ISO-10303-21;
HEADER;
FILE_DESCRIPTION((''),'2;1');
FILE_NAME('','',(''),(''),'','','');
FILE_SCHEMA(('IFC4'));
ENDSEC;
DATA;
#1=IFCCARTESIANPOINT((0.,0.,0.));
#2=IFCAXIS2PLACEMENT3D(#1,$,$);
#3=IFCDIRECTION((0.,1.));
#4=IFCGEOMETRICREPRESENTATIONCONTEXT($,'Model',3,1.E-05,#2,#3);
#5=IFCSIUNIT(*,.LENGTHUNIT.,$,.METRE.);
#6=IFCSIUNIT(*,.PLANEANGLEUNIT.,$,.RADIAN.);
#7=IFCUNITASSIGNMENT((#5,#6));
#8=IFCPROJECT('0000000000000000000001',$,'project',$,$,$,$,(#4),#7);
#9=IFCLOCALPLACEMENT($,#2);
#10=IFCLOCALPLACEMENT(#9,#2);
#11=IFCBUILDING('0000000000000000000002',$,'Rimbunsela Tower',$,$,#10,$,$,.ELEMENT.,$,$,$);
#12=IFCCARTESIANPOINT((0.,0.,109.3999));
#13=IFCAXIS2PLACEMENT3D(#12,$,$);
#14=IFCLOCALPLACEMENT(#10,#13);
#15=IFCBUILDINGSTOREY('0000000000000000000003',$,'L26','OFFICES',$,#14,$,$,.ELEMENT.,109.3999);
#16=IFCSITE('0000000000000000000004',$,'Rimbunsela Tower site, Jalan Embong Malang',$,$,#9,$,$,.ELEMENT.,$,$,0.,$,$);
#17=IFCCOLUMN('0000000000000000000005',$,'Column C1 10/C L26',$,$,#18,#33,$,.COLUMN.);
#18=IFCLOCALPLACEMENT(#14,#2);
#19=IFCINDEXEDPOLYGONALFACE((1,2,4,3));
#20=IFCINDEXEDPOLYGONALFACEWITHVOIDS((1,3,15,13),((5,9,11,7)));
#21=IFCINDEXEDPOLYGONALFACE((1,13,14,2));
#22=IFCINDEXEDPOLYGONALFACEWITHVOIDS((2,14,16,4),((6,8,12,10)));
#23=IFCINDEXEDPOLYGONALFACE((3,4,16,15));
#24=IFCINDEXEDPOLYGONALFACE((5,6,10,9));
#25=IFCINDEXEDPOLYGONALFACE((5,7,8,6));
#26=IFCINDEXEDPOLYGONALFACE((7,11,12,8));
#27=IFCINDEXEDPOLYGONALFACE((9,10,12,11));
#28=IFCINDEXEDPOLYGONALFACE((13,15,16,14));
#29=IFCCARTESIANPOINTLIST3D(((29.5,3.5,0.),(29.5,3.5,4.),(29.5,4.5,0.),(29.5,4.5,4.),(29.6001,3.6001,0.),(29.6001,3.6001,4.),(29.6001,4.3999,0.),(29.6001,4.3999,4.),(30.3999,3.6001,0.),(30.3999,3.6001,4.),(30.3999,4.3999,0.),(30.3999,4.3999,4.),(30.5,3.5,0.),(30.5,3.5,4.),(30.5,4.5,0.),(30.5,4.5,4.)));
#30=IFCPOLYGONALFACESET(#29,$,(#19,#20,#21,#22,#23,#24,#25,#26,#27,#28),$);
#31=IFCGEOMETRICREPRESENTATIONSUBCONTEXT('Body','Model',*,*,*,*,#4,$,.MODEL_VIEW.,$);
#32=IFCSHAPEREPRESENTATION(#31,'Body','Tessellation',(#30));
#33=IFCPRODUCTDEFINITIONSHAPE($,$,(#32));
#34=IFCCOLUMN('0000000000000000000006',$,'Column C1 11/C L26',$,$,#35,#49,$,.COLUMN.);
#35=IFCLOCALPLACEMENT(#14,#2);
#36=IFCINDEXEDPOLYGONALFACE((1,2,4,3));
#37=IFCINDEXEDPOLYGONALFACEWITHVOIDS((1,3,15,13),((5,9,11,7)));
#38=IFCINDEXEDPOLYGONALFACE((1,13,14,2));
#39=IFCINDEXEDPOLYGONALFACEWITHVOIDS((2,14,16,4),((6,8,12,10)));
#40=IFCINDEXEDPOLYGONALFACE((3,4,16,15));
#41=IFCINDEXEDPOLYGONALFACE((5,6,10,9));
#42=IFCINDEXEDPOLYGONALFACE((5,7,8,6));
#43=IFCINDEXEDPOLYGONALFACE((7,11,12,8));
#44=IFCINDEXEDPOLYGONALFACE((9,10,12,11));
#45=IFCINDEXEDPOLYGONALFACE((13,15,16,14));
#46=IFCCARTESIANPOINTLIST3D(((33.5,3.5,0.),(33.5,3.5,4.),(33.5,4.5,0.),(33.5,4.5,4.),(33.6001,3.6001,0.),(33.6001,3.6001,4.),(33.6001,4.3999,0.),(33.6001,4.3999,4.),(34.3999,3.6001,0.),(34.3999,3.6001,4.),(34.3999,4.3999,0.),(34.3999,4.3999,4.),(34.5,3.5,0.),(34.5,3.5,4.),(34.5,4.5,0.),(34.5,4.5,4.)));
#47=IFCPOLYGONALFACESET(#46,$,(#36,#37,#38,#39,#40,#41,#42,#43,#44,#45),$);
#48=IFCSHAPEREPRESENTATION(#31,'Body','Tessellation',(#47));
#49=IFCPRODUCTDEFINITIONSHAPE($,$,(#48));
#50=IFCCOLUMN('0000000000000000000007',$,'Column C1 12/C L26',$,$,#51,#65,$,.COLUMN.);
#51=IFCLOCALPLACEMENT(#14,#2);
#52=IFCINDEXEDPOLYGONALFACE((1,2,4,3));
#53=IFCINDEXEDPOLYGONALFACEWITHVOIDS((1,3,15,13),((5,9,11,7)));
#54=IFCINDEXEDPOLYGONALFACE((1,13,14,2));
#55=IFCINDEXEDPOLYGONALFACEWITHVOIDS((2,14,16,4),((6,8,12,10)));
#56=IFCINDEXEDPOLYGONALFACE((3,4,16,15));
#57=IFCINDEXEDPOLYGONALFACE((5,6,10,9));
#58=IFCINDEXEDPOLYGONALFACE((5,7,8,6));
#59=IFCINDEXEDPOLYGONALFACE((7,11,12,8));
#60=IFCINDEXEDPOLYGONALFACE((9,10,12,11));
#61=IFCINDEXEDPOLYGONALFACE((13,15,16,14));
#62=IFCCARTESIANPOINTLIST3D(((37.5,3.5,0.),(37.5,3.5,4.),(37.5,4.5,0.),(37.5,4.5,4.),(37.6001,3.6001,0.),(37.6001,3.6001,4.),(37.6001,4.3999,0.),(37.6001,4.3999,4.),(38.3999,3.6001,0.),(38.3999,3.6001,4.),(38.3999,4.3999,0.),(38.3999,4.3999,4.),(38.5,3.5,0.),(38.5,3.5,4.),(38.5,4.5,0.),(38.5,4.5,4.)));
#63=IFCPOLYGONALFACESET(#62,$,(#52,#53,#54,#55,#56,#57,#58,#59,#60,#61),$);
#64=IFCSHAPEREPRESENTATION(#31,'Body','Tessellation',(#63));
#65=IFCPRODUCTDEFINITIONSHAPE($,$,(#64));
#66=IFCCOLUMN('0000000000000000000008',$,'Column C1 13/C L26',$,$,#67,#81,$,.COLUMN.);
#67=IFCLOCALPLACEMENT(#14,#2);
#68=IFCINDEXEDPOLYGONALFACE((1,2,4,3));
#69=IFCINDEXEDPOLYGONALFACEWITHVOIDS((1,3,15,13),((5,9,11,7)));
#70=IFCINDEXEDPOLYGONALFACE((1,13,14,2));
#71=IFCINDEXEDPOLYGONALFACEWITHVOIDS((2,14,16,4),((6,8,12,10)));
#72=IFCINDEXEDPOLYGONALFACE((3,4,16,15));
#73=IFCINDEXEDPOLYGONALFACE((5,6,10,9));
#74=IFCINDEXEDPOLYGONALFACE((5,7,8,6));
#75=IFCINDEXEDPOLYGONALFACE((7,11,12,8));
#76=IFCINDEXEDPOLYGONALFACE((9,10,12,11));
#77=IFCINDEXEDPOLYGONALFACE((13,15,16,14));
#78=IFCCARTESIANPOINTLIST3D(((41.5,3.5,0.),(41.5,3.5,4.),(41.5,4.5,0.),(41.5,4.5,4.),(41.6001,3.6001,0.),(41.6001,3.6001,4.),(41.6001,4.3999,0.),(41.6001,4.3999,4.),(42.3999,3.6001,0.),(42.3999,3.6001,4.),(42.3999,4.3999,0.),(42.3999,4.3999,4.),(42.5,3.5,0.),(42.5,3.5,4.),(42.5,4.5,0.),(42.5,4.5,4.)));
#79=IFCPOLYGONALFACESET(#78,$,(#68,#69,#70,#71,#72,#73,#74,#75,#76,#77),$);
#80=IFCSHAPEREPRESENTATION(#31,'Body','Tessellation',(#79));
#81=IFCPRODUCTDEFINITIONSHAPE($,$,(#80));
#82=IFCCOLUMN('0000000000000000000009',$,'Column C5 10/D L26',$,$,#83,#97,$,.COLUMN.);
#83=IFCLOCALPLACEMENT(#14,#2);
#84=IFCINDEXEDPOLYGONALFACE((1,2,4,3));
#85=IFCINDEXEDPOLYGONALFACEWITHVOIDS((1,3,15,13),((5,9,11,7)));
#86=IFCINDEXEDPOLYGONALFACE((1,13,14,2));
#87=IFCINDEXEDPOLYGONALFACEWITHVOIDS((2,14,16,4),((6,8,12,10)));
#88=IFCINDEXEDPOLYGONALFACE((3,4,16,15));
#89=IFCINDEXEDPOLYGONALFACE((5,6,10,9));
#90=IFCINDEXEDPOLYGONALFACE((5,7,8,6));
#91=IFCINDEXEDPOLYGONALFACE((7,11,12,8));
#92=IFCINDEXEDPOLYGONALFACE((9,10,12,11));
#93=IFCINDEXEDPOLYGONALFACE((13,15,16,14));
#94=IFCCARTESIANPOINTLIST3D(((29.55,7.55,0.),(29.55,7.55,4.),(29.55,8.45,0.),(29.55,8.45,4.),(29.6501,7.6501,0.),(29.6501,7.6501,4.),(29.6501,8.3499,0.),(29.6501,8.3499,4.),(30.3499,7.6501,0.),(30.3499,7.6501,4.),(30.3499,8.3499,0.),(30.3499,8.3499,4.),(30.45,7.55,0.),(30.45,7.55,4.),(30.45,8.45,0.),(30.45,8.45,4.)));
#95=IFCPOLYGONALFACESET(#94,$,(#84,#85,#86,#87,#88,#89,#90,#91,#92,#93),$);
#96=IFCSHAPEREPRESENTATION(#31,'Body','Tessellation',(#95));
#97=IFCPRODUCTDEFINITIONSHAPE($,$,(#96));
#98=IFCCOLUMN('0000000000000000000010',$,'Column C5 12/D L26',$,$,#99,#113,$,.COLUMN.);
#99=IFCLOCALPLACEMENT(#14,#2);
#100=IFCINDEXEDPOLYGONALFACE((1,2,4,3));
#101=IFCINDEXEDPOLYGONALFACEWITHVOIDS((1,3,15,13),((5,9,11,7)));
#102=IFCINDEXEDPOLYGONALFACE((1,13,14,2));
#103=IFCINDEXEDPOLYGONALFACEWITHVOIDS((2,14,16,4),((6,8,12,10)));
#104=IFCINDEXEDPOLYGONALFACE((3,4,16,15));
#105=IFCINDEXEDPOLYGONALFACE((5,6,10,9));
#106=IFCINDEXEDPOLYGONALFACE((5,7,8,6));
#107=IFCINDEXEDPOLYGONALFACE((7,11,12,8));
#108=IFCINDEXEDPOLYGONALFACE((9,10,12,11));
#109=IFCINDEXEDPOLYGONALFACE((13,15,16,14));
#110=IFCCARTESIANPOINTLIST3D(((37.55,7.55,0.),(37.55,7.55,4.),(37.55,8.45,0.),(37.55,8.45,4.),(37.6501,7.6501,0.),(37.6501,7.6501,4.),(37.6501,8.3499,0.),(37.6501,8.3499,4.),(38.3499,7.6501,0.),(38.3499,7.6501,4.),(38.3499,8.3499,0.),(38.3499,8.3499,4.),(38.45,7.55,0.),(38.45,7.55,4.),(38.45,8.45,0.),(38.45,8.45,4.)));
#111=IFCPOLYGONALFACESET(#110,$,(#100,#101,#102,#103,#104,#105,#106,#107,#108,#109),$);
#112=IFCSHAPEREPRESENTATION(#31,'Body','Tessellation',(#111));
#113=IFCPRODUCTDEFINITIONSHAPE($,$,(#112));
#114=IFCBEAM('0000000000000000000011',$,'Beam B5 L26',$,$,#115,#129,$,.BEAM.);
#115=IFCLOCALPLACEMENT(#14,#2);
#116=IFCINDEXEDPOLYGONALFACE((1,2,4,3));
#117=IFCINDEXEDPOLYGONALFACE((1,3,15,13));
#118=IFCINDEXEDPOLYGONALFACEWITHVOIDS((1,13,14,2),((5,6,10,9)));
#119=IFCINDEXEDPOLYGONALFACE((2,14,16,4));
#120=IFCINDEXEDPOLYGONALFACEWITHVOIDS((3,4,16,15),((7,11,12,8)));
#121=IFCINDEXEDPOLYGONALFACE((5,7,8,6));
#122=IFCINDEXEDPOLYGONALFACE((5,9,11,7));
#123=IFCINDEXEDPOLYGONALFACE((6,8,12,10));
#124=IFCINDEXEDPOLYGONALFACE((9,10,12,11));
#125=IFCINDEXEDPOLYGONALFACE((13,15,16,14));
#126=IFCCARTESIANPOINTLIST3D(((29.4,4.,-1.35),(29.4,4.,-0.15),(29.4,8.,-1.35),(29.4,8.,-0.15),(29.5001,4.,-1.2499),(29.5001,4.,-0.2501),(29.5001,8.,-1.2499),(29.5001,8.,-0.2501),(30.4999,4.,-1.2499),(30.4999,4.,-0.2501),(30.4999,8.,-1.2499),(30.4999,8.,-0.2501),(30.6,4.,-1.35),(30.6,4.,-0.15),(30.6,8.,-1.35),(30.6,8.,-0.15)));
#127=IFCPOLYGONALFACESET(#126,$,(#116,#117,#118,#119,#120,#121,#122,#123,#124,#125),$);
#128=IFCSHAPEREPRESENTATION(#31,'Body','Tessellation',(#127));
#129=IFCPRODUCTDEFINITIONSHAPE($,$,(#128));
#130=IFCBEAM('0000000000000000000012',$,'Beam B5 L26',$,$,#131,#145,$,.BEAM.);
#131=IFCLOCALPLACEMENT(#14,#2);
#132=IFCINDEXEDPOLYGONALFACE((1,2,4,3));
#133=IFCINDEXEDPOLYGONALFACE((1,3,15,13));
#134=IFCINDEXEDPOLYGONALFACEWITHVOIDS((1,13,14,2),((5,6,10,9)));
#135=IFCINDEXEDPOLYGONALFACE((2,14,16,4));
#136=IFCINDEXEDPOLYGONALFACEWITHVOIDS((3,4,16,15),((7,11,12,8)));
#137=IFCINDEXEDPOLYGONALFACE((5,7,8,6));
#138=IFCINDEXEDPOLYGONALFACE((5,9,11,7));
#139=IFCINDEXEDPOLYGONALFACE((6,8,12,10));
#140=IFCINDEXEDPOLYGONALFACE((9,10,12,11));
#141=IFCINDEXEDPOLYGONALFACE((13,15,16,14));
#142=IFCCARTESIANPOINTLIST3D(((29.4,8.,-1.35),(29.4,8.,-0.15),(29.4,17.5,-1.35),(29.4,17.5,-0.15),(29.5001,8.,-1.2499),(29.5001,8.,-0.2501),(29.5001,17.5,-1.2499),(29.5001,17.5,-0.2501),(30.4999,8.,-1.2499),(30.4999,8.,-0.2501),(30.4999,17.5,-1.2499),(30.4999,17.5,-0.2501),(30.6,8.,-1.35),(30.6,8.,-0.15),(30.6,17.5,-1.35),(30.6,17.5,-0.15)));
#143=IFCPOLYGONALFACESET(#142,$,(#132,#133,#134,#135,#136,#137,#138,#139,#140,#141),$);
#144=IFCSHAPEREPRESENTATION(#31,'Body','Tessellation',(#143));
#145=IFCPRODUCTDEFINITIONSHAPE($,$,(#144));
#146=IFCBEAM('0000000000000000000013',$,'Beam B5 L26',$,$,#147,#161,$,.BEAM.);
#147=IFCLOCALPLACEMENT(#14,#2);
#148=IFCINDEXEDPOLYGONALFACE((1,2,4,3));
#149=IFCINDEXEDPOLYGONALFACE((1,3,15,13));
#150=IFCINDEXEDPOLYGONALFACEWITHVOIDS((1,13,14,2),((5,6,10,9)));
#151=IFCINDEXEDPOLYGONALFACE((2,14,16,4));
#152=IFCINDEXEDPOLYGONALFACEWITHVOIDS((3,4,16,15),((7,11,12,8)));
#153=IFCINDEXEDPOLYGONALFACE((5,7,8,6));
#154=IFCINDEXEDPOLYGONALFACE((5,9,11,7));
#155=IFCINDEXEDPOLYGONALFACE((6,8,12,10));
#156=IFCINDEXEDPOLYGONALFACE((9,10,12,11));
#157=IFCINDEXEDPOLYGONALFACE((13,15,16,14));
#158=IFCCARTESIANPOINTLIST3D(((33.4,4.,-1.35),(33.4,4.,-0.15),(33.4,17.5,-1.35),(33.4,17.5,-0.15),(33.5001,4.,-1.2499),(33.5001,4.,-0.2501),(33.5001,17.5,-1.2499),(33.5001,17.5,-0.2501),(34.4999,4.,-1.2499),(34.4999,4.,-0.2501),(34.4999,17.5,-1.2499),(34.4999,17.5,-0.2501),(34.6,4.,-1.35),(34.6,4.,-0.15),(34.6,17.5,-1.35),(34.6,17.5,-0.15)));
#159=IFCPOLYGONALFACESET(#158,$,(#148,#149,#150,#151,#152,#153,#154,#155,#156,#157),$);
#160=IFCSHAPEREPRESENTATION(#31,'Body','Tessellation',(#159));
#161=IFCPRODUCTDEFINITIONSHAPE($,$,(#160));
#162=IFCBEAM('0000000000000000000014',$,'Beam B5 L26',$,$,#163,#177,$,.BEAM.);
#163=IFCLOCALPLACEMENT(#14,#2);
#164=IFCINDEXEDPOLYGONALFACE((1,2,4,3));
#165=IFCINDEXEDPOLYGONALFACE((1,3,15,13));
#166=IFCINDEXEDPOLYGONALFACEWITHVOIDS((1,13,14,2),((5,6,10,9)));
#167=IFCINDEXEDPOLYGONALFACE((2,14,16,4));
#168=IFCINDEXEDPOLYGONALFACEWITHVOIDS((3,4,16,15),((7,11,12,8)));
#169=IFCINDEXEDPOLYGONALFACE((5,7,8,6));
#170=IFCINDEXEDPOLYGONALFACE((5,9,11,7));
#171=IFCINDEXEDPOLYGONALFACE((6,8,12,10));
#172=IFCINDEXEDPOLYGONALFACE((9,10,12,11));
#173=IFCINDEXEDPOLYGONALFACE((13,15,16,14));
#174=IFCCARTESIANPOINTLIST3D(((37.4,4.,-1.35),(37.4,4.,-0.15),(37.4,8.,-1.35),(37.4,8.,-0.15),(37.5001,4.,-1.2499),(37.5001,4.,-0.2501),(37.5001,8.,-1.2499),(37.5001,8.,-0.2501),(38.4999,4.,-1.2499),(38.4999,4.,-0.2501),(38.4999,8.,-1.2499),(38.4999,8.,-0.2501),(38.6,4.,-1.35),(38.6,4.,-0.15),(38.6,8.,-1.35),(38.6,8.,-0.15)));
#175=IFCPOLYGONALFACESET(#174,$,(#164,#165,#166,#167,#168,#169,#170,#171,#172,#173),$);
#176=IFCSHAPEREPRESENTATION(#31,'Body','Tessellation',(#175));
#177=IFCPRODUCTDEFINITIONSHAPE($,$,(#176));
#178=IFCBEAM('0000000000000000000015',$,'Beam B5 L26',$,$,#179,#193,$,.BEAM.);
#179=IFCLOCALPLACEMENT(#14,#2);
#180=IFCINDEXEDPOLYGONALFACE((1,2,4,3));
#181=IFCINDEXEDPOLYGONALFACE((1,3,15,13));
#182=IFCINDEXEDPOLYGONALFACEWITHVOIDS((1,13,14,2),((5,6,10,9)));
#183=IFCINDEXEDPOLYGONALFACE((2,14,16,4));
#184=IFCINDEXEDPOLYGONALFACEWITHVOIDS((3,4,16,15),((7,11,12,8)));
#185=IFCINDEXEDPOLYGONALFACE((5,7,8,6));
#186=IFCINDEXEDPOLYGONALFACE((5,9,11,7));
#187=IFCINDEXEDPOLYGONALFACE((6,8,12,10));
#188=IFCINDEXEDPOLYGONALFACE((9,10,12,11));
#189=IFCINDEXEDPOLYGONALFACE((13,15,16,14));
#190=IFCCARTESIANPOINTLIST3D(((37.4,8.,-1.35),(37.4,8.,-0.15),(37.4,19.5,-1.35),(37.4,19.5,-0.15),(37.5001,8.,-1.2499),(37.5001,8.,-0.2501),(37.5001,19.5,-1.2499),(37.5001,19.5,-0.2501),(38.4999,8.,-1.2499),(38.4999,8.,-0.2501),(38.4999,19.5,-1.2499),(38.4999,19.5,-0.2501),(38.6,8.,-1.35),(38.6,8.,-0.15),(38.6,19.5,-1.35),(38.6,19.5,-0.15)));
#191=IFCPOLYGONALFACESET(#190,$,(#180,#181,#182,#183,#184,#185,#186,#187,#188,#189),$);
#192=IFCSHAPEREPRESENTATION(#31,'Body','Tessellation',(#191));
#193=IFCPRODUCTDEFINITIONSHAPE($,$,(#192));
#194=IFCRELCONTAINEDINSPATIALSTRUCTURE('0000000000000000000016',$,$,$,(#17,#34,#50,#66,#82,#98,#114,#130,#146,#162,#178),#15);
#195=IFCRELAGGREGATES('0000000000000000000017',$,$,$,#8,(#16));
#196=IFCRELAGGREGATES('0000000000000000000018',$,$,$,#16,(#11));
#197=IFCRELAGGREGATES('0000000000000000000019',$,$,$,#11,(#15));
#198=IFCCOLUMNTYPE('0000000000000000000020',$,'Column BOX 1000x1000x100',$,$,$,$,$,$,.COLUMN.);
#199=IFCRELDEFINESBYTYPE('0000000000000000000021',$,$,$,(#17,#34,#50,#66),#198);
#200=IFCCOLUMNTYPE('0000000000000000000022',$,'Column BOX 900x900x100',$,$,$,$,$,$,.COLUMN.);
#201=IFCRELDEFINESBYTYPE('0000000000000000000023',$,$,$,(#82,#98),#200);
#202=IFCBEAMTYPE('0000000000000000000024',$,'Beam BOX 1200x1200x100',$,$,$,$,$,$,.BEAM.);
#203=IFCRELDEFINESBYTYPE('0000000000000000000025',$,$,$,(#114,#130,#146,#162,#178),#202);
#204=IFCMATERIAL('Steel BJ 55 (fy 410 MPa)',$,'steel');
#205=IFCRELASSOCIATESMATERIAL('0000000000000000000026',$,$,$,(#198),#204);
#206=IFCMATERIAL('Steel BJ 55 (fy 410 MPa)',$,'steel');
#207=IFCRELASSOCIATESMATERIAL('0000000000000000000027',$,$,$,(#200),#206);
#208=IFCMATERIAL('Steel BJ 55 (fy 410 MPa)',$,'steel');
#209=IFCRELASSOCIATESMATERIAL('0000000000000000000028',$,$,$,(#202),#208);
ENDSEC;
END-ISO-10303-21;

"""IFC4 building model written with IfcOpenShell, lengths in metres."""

from ifc_helpers import new_model, si_unit, direction, frame, origin, origin_2d, place, context, subcontext, project, spatial, hollow_rectangle, extrude, material, material_profile, profile_set, type_object, element, save


model = new_model("IFC4")

# Units and contexts
model_context = context("Model", 3, precision=1e-05, world=origin(), true_north=direction((0.0, 1.0)))
body_context = subcontext(model_context, "Body", "Model", "MODEL_VIEW")
ifc_project = project(units=[si_unit("LENGTHUNIT", "METRE"), si_unit("PLANEANGLEUNIT", "RADIAN")], contexts=[model_context])

# Site, building, storey
site_placement = place(None, origin())
site = spatial("IfcSite", under=ifc_project, at=site_placement, Name="Rimbunsela Tower site, Jalan Embong Malang", CompositionType="ELEMENT", RefElevation=0.0)
building_placement = place(site_placement, origin())
building = spatial("IfcBuilding", under=site, at=building_placement, Name="Rimbunsela Tower", CompositionType="ELEMENT")
storey_placement = place(building_placement, frame((0.0, 0.0, 109.3999)))
storey = spatial("IfcBuildingStorey", under=building, at=storey_placement, Name="L26", Description="OFFICES", CompositionType="ELEMENT", Elevation=109.3999)

# Columns
ifc_material_1 = material(Name="Steel BJ 55 (fy 410 MPa)", Category="steel")
ifc_material_profile_1 = material_profile(ifc_material_1, hollow_rectangle(XDim=1.0, YDim=1.0, WallThickness=0.1001, at=origin_2d()), Name="BOX 1000x1000x100")
ifc_profile_set_1 = profile_set([ifc_material_profile_1], Name="Steel BJ 55 (fy 410 MPa)")
column_type_1 = type_object("IfcColumnType", Name="Column BOX 1000x1000x100", PredefinedType="COLUMN", material=ifc_profile_set_1)
for number, where, z_axis, x_axis, name in (
    (1, (30.0, 4.0, 0.0), (0.0, 0.0, 1.0), (1.0, 0.0, 0.0), "Column C1 10/C L26"),
    (2, (34.0, 4.0, 0.0), (0.0, 0.0, 1.0), (1.0, 0.0, 0.0), "Column C1 11/C L26"),
    (3, (38.0, 4.0, 0.0), (0.0, 0.0, 1.0), (1.0, 0.0, 0.0), "Column C1 12/C L26"),
    (4, (42.0, 4.0, 0.0), (0.0, 0.0, 1.0), (1.0, 0.0, 0.0), "Column C1 13/C L26"),
):
    element("IfcColumn", number, at=place(storey_placement, frame(where, z_axis=z_axis, x_axis=x_axis)), inside=storey, type_object=column_type_1, Name=name, PredefinedType="COLUMN", context=body_context, shape_type="SweptSolid", body=[
        extrude(hollow_rectangle(XDim=1.0, YDim=1.0, WallThickness=0.1001, at=origin_2d()), origin(), (0.0, 0.0, 1.0), 4.0),
    ])
ifc_material_2 = material(Name="Steel BJ 55 (fy 410 MPa)", Category="steel")
ifc_material_profile_2 = material_profile(ifc_material_2, hollow_rectangle(XDim=0.8999, YDim=0.8999, WallThickness=0.1001, at=origin_2d()), Name="BOX 900x900x100")
ifc_profile_set_2 = profile_set([ifc_material_profile_2], Name="Steel BJ 55 (fy 410 MPa)")
column_type_2 = type_object("IfcColumnType", Name="Column BOX 900x900x100", PredefinedType="COLUMN", material=ifc_profile_set_2)
for number, where, z_axis, x_axis, name in (
    (5, (30.0, 8.0, 0.0), (0.0, 0.0, 1.0), (1.0, 0.0, 0.0), "Column C5 10/D L26"),
    (6, (38.0, 8.0, 0.0), (0.0, 0.0, 1.0), (1.0, 0.0, 0.0), "Column C5 12/D L26"),
):
    element("IfcColumn", number, at=place(storey_placement, frame(where, z_axis=z_axis, x_axis=x_axis)), inside=storey, type_object=column_type_2, Name=name, PredefinedType="COLUMN", context=body_context, shape_type="SweptSolid", body=[
        extrude(hollow_rectangle(XDim=0.8999, YDim=0.8999, WallThickness=0.1001, at=origin_2d()), origin(), (0.0, 0.0, 1.0), 4.0),
    ])

# Beams
ifc_material_3 = material(Name="Steel BJ 55 (fy 410 MPa)", Category="steel")
ifc_material_profile_3 = material_profile(ifc_material_3, hollow_rectangle(XDim=1.2, YDim=1.2, WallThickness=0.1001, at=origin_2d()), Name="BOX 1200x1200x100")
ifc_profile_set_3 = profile_set([ifc_material_profile_3], Name="Steel BJ 55 (fy 410 MPa)")
beam_type = type_object("IfcBeamType", Name="Beam BOX 1200x1200x100", PredefinedType="BEAM", material=ifc_profile_set_3)
beam_1_placement = place(storey_placement, frame((30.0, 4.0, -0.75), z_axis=(0.0, 1.0, 0.0), x_axis=(-1.0, 0.0, 0.0)))
element("IfcBeam", 7, at=beam_1_placement, inside=storey, type_object=beam_type, Name="Beam B5 L26", PredefinedType="BEAM", context=body_context, shape_type="SweptSolid", body=[
    extrude(hollow_rectangle(XDim=1.2, YDim=1.2, WallThickness=0.1001, at=origin_2d()), origin(), (0.0, 0.0, 1.0), 4.0),
])
beam_2_placement = place(storey_placement, frame((30.0, 8.0, -0.75), z_axis=(0.0, 1.0, 0.0), x_axis=(-1.0, 0.0, 0.0)))
element("IfcBeam", 8, at=beam_2_placement, inside=storey, type_object=beam_type, Name="Beam B5 L26", PredefinedType="BEAM", context=body_context, shape_type="SweptSolid", body=[
    extrude(hollow_rectangle(XDim=1.2, YDim=1.2, WallThickness=0.1001, at=origin_2d()), origin(), (0.0, 0.0, 1.0), 9.5),
])
beam_3_placement = place(storey_placement, frame((34.0, 4.0, -0.75), z_axis=(0.0, 1.0, 0.0), x_axis=(-1.0, 0.0, 0.0)))
element("IfcBeam", 9, at=beam_3_placement, inside=storey, type_object=beam_type, Name="Beam B5 L26", PredefinedType="BEAM", context=body_context, shape_type="SweptSolid", body=[
    extrude(hollow_rectangle(XDim=1.2, YDim=1.2, WallThickness=0.1001, at=origin_2d()), origin(), (0.0, 0.0, 1.0), 13.5),
])
beam_4_placement = place(storey_placement, frame((38.0, 4.0, -0.75), z_axis=(0.0, 1.0, 0.0), x_axis=(-1.0, 0.0, 0.0)))
element("IfcBeam", 10, at=beam_4_placement, inside=storey, type_object=beam_type, Name="Beam B5 L26", PredefinedType="BEAM", context=body_context, shape_type="SweptSolid", body=[
    extrude(hollow_rectangle(XDim=1.2, YDim=1.2, WallThickness=0.1001, at=origin_2d()), origin(), (0.0, 0.0, 1.0), 4.0),
])
beam_5_placement = place(storey_placement, frame((38.0, 8.0, -0.75), z_axis=(0.0, 1.0, 0.0), x_axis=(-1.0, 0.0, 0.0)))
element("IfcBeam", 11, at=beam_5_placement, inside=storey, type_object=beam_type, Name="Beam B5 L26", PredefinedType="BEAM", context=body_context, shape_type="SweptSolid", body=[
    extrude(hollow_rectangle(XDim=1.2, YDim=1.2, WallThickness=0.1001, at=origin_2d()), origin(), (0.0, 0.0, 1.0), 11.5),
])

save(model, "model.ifc")
